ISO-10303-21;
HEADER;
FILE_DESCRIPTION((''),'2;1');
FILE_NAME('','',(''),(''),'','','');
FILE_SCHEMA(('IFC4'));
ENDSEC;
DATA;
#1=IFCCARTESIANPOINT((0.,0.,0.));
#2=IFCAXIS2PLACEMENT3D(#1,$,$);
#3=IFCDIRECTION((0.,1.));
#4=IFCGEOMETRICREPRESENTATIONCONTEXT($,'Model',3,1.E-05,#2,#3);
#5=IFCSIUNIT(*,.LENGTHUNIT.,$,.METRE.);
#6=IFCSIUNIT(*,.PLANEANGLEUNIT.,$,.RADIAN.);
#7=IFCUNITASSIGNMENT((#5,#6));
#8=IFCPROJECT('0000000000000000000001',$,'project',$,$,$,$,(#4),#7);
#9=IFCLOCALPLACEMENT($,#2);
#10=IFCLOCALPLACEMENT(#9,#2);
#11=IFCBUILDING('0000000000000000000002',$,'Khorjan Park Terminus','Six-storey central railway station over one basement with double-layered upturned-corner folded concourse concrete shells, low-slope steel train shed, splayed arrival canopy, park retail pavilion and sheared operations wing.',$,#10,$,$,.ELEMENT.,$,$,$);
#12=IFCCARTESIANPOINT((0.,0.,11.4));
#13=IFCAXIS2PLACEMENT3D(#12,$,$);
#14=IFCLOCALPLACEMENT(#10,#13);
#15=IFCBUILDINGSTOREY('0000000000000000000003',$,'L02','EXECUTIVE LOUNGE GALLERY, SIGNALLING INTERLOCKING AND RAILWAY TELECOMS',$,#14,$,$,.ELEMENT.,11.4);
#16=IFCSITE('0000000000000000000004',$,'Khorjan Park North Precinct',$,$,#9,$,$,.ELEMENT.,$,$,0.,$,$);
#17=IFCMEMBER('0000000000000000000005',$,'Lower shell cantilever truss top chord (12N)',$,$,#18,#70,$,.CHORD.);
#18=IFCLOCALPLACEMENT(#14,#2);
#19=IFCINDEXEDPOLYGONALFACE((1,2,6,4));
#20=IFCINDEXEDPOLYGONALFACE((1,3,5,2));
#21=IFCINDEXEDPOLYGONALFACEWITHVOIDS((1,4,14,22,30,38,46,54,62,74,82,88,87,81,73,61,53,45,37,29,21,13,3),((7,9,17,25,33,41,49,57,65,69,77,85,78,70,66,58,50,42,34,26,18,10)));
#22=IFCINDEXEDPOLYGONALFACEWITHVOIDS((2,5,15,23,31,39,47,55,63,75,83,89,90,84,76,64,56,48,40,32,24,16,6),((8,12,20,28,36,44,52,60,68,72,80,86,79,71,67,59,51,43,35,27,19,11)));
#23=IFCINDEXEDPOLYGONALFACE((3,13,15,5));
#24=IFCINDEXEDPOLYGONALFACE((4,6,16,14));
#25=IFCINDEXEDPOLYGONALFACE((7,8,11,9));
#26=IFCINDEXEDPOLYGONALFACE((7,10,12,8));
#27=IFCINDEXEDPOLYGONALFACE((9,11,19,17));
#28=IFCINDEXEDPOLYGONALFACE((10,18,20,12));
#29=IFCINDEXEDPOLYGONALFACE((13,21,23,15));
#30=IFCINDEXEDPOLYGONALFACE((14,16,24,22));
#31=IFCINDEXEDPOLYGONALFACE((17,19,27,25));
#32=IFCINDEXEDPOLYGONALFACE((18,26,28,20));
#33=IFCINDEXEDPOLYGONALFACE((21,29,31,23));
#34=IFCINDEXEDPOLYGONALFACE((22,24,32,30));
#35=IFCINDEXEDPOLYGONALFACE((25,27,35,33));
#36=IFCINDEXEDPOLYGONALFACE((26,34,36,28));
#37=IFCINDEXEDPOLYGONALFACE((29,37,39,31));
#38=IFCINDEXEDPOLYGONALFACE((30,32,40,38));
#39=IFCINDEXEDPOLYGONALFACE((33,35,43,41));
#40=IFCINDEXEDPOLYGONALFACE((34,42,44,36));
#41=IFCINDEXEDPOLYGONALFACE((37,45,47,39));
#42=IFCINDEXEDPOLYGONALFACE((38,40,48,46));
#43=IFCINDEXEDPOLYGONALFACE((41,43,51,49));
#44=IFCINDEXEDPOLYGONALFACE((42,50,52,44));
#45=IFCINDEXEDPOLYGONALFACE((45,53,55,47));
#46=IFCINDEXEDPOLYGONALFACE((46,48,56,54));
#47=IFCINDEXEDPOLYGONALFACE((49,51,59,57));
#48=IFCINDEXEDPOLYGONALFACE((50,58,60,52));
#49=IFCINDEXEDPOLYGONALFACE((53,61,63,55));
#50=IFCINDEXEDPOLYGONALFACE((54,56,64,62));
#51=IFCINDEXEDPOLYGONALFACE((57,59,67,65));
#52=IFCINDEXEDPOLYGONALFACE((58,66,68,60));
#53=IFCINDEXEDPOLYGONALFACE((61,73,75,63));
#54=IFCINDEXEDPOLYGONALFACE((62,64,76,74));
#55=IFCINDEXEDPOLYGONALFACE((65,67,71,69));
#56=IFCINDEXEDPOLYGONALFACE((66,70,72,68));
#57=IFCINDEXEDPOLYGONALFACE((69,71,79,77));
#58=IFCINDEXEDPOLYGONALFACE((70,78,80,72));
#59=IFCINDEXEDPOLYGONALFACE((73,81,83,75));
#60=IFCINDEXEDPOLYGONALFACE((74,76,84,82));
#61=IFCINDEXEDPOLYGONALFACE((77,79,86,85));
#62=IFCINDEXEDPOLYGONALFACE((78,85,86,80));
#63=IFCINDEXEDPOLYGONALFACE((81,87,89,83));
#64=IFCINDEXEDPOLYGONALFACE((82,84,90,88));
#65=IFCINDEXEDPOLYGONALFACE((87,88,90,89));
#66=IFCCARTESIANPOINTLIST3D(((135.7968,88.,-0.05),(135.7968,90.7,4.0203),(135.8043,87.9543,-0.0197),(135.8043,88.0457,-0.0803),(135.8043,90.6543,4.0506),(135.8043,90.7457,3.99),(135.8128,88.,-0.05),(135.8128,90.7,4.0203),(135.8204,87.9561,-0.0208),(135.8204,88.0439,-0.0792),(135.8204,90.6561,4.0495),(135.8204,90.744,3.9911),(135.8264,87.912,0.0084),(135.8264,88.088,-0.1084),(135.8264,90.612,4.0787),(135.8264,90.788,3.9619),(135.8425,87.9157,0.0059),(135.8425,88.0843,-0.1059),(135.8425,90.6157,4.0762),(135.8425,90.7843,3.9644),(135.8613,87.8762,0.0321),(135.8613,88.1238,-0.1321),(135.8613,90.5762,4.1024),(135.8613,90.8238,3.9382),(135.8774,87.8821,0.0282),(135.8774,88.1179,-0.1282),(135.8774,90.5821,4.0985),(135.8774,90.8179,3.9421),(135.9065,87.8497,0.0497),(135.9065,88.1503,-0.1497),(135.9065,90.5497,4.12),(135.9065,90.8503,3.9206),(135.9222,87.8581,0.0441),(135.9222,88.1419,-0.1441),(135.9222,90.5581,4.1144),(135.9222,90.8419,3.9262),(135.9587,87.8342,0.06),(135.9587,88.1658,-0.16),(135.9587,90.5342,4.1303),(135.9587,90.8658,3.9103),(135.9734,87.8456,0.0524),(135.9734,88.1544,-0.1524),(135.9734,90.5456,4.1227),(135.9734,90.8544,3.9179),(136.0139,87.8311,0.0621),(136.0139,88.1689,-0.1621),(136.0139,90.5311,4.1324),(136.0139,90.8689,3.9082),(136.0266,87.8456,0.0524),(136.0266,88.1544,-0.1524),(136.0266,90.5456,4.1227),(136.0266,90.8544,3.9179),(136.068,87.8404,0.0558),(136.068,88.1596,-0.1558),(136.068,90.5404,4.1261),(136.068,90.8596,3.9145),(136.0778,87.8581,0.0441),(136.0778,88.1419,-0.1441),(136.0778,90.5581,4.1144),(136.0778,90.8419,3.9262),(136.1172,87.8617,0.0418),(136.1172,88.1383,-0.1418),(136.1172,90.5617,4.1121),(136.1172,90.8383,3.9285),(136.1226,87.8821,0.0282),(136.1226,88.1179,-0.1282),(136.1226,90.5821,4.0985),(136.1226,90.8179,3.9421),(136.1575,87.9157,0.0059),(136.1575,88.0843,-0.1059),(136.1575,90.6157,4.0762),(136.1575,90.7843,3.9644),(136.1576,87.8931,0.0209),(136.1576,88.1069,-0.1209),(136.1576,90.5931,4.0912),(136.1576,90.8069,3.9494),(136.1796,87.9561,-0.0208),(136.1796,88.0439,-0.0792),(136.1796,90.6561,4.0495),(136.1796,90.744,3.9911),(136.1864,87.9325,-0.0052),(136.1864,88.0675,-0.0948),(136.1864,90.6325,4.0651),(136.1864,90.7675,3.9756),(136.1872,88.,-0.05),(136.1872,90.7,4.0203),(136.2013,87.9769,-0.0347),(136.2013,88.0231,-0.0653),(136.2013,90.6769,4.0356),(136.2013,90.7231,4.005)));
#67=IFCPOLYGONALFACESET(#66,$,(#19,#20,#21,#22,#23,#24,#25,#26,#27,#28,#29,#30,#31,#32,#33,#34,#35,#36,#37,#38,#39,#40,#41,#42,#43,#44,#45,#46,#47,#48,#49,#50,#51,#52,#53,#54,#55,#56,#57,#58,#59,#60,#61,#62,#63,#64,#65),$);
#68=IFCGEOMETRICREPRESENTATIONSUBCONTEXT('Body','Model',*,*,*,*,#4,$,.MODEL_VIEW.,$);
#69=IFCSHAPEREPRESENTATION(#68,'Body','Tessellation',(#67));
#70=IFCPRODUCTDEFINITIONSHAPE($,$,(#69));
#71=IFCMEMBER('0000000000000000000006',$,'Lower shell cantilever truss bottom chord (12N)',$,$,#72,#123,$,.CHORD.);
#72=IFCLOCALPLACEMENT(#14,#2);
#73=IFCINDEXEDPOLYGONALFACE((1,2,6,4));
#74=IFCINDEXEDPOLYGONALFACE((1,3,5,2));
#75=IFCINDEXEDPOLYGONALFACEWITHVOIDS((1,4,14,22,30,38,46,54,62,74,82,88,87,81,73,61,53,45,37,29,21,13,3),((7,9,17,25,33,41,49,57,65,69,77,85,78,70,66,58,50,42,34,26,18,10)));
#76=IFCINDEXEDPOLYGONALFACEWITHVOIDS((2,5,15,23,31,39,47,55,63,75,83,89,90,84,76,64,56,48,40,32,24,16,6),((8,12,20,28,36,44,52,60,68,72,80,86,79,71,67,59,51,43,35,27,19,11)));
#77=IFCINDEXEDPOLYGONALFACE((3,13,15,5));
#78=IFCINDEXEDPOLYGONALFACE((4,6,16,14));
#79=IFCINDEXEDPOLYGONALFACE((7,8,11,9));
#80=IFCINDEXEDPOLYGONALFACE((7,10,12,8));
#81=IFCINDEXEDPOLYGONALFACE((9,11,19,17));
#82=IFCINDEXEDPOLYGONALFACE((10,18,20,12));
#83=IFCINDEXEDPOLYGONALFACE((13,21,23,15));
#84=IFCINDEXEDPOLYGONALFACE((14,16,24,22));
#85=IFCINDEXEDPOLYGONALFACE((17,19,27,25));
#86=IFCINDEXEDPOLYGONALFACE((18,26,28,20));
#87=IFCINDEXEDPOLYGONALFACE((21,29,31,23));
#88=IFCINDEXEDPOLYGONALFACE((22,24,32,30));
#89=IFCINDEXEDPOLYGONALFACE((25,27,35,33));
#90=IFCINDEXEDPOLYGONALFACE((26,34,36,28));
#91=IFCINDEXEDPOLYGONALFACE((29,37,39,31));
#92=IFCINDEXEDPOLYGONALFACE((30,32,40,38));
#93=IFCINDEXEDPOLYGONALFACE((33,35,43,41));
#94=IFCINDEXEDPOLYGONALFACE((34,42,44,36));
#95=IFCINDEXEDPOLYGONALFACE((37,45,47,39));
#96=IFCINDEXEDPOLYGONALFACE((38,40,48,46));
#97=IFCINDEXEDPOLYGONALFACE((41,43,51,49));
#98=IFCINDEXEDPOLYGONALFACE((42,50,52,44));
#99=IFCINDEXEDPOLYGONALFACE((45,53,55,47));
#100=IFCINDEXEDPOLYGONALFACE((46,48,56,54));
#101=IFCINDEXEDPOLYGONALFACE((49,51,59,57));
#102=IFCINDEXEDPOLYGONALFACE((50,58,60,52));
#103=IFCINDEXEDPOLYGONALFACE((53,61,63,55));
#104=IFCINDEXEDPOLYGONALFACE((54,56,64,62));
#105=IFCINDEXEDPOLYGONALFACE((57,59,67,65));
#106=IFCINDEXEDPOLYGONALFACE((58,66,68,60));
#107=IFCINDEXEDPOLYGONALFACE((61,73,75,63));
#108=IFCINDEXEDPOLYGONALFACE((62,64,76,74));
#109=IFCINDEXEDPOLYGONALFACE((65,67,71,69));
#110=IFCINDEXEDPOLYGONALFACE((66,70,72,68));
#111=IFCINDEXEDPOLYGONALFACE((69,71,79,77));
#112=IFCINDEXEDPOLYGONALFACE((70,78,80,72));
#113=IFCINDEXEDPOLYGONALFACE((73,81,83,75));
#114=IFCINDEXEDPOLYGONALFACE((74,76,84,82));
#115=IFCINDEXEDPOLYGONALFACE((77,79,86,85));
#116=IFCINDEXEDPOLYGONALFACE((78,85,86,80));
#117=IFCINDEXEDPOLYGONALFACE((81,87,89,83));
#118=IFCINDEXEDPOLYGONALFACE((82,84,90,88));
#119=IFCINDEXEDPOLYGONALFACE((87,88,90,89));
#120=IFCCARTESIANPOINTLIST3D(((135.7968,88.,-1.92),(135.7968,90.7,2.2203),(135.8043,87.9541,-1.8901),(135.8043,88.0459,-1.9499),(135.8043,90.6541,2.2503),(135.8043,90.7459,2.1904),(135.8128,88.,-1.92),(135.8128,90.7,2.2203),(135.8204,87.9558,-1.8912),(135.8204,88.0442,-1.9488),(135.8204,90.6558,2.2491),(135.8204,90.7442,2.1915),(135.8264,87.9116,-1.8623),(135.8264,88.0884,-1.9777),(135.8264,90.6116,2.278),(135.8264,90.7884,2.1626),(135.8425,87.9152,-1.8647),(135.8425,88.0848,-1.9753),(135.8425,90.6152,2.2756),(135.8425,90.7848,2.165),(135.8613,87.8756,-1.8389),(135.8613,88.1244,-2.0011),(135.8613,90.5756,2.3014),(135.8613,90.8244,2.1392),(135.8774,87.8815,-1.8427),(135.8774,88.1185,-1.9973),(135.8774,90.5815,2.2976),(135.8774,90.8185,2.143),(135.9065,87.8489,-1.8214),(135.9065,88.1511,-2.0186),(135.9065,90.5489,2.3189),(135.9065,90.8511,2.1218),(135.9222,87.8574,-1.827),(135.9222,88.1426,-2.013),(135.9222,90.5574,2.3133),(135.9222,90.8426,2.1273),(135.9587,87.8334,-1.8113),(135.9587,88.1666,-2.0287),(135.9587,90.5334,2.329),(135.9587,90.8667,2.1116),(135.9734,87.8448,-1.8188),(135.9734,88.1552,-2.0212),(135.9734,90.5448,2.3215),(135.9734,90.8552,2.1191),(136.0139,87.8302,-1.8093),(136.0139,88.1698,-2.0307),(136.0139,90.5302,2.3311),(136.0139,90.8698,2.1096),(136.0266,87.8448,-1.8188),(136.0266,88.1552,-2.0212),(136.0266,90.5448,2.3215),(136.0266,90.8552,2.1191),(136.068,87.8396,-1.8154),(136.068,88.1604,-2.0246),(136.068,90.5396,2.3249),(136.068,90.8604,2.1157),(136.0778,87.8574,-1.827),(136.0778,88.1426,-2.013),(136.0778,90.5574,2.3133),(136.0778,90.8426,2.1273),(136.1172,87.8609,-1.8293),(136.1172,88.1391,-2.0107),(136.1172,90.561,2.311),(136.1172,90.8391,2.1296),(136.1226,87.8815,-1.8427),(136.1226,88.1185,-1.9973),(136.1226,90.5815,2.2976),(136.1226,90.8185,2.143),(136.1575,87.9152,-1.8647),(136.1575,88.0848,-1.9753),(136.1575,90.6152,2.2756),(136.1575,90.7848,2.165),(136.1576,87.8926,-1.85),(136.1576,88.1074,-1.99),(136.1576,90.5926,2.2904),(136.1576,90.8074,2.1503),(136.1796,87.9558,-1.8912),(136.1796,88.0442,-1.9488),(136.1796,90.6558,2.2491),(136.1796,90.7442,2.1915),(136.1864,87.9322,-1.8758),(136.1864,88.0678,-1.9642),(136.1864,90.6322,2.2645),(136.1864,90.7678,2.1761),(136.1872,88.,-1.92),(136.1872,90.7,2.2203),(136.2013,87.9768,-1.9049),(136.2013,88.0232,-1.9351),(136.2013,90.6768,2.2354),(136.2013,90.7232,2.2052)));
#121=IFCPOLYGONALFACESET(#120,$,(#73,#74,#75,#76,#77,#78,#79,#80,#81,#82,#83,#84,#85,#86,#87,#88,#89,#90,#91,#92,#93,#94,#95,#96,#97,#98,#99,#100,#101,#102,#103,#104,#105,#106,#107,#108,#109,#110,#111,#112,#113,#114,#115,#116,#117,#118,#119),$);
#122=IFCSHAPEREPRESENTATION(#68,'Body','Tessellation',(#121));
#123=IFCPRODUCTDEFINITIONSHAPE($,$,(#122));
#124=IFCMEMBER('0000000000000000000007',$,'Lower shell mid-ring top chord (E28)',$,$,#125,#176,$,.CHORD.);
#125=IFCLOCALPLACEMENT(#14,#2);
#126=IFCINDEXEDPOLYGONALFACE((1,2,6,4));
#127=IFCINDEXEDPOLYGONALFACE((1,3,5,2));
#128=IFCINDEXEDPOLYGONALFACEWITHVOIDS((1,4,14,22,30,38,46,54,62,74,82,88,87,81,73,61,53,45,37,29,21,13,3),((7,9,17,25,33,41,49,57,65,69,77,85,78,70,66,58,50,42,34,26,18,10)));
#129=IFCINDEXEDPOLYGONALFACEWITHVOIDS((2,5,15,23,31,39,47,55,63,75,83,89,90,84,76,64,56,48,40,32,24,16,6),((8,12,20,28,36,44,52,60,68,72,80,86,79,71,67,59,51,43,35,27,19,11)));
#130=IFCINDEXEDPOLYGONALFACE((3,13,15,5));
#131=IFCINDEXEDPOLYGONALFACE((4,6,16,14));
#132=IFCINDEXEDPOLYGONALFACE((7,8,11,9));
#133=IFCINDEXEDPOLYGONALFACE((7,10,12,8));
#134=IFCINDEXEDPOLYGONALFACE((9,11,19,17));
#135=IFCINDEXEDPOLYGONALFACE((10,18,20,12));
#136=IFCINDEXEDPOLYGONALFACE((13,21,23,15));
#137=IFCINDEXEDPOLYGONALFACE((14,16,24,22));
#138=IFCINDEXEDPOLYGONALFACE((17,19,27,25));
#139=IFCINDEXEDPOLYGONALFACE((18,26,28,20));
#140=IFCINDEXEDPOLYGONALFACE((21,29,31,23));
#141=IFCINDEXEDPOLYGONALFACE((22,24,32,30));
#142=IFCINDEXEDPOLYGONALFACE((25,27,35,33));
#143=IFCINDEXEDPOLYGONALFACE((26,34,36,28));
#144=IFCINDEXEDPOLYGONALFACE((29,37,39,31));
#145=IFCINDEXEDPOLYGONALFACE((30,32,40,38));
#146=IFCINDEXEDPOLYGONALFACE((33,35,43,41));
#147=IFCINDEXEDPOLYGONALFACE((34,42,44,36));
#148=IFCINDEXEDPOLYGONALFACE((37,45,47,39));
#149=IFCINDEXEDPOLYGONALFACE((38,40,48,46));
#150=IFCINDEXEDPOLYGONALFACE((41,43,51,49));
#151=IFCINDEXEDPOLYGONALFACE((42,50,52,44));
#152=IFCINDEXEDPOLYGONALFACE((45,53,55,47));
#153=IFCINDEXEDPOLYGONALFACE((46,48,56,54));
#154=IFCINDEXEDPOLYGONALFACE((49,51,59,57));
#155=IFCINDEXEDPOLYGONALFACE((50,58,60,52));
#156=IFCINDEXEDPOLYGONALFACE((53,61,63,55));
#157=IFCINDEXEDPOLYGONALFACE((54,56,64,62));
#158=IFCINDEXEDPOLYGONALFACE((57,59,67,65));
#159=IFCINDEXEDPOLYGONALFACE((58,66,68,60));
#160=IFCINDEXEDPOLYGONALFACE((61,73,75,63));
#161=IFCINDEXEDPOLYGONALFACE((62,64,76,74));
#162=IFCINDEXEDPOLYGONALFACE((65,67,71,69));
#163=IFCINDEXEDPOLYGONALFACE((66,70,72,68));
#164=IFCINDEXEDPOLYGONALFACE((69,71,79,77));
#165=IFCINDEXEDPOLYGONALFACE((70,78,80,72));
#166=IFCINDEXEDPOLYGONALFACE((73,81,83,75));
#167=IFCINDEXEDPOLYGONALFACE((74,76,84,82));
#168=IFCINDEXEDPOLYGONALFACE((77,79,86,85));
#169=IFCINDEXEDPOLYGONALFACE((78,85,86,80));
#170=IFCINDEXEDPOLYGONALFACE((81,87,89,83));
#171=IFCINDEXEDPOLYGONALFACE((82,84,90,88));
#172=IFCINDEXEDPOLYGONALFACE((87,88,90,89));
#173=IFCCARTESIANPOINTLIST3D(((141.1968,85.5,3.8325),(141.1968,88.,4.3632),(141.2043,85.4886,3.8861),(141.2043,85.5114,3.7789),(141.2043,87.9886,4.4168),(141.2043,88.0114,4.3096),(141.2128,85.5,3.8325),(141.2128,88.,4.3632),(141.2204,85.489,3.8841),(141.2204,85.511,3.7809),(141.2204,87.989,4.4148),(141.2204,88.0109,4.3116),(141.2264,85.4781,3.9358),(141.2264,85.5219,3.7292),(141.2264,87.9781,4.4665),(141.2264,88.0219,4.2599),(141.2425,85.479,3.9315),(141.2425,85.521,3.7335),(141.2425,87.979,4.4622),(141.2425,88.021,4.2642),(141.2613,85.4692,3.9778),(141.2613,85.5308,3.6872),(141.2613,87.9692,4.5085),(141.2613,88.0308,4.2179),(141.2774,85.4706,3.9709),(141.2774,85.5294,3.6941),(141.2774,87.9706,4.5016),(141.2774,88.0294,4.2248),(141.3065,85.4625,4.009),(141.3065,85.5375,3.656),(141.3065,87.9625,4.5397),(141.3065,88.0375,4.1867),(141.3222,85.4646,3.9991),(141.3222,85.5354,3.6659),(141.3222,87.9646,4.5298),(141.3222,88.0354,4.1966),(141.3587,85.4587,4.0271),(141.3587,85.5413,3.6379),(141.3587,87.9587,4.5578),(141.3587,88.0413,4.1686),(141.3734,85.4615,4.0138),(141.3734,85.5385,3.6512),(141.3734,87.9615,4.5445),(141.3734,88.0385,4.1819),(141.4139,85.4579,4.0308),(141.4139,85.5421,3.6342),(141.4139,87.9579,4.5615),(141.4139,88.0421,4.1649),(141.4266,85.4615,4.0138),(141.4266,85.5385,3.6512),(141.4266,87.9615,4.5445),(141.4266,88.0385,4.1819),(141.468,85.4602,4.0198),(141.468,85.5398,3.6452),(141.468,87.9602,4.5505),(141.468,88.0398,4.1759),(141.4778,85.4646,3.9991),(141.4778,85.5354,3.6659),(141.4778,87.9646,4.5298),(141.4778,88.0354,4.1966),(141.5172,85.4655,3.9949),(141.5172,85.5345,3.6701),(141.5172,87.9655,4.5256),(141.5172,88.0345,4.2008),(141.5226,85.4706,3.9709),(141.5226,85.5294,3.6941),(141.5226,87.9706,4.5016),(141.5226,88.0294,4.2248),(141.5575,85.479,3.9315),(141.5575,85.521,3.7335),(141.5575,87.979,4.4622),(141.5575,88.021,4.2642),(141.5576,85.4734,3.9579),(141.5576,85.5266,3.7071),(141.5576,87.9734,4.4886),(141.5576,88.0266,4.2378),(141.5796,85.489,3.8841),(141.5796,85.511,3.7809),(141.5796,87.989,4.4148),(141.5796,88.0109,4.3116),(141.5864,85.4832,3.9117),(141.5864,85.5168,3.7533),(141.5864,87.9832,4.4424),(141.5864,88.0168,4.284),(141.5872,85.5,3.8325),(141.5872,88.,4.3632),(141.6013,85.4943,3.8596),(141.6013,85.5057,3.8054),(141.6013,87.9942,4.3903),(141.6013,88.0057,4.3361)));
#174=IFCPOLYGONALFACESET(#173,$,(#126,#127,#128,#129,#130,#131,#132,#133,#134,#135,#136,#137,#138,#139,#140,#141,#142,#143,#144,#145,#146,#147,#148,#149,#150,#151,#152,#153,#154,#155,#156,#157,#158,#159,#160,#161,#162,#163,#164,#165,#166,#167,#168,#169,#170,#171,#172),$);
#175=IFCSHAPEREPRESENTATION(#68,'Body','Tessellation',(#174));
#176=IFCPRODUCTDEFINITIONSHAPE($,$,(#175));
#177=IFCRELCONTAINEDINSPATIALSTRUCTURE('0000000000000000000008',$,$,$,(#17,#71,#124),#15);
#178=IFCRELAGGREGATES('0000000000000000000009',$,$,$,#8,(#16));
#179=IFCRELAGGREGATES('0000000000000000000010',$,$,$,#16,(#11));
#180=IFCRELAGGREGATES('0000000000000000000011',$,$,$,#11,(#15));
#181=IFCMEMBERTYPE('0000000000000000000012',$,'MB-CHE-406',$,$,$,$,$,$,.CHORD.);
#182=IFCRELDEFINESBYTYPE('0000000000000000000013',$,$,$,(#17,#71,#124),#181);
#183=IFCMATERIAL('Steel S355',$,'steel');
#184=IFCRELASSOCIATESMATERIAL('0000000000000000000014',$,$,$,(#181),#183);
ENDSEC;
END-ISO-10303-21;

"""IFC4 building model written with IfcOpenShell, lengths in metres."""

from ifc_helpers import new_model, si_unit, direction, frame, origin, origin_2d, place, context, subcontext, project, spatial, hollow_circle, extrude, material, material_profile, profile_set, type_object, element, save


model = new_model("IFC4")

# Units and contexts
model_context = context("Model", 3, precision=1e-05, world=origin(), true_north=direction((0.0, 1.0)))
body_context = subcontext(model_context, "Body", "Model", "MODEL_VIEW")
ifc_project = project(units=[si_unit("LENGTHUNIT", "METRE"), si_unit("PLANEANGLEUNIT", "RADIAN")], contexts=[model_context])

# Site, building, storey
site_placement = place(None, origin())
site = spatial("IfcSite", under=ifc_project, at=site_placement, Name="Khorjan Park North Precinct", CompositionType="ELEMENT", RefElevation=0.0)
building_placement = place(site_placement, origin())
building = spatial("IfcBuilding", under=site, at=building_placement, Name="Khorjan Park Terminus", Description="Six-storey central railway station over one basement with double-layered upturned-corner folded concourse concrete shells, low-slope steel train shed, splayed arrival canopy, park retail pavilion and sheared operations wing.", CompositionType="ELEMENT")
storey_placement = place(building_placement, frame((0.0, 0.0, 11.4)))
storey = spatial("IfcBuildingStorey", under=building, at=storey_placement, Name="L02", Description="EXECUTIVE LOUNGE GALLERY, SIGNALLING INTERLOCKING AND RAILWAY TELECOMS", CompositionType="ELEMENT", Elevation=11.4)

# Members
ifc_material_1 = material(Name="Steel S355", Category="steel")
ifc_material_profile_1 = material_profile(ifc_material_1, hollow_circle(Radius=0.2032, WallThickness=0.016, at=origin_2d()), Name="CHS 406.4x16")
ifc_profile_set_1 = profile_set([ifc_material_profile_1], Name="Steel S355")
member_type_1 = type_object("IfcMemberType", Name="MB-CHE-406", PredefinedType="CHORD", material=ifc_profile_set_1)
member_1_placement = place(storey_placement, frame((136.0, 88.0, -0.05), z_axis=(0.0, 0.552781, 0.833327), x_axis=(-1.0, 0.0, 0.0)))
element("IfcMember", 1, at=member_1_placement, inside=storey, type_object=member_type_1, Name="Lower shell cantilever truss top chord (12N)", PredefinedType="CHORD", context=body_context, shape_type="SweptSolid", body=[
    extrude(hollow_circle(Radius=0.2032, WallThickness=0.016, at=origin_2d()), origin(), (0.0, 0.0, 1.0), 4.8844),
])
member_2_placement = place(storey_placement, frame((136.0, 88.0, -1.92), z_axis=(0.0, 0.54624, 0.837629), x_axis=(-1.0, 0.0, 0.0)))
element("IfcMember", 2, at=member_2_placement, inside=storey, type_object=member_type_1, Name="Lower shell cantilever truss bottom chord (12N)", PredefinedType="CHORD", context=body_context, shape_type="SweptSolid", body=[
    extrude(hollow_circle(Radius=0.2032, WallThickness=0.016, at=origin_2d()), origin(), (0.0, 0.0, 1.0), 4.9429),
])
for number, where, z_axis, x_axis, name in (
    (3, (141.4, 85.5, 3.8325), (0.0, 0.978203, 0.207653), (-1.0, 0.0, 0.0), "Lower shell mid-ring top chord (E28)"),
):
    element("IfcMember", number, at=place(storey_placement, frame(where, z_axis=z_axis, x_axis=x_axis)), inside=storey, type_object=member_type_1, Name=name, PredefinedType="CHORD", context=body_context, shape_type="SweptSolid", body=[
        extrude(hollow_circle(Radius=0.2032, WallThickness=0.016, at=origin_2d()), origin(), (0.0, 0.0, 1.0), 2.5557),
    ])

save(model, "model.ifc")
